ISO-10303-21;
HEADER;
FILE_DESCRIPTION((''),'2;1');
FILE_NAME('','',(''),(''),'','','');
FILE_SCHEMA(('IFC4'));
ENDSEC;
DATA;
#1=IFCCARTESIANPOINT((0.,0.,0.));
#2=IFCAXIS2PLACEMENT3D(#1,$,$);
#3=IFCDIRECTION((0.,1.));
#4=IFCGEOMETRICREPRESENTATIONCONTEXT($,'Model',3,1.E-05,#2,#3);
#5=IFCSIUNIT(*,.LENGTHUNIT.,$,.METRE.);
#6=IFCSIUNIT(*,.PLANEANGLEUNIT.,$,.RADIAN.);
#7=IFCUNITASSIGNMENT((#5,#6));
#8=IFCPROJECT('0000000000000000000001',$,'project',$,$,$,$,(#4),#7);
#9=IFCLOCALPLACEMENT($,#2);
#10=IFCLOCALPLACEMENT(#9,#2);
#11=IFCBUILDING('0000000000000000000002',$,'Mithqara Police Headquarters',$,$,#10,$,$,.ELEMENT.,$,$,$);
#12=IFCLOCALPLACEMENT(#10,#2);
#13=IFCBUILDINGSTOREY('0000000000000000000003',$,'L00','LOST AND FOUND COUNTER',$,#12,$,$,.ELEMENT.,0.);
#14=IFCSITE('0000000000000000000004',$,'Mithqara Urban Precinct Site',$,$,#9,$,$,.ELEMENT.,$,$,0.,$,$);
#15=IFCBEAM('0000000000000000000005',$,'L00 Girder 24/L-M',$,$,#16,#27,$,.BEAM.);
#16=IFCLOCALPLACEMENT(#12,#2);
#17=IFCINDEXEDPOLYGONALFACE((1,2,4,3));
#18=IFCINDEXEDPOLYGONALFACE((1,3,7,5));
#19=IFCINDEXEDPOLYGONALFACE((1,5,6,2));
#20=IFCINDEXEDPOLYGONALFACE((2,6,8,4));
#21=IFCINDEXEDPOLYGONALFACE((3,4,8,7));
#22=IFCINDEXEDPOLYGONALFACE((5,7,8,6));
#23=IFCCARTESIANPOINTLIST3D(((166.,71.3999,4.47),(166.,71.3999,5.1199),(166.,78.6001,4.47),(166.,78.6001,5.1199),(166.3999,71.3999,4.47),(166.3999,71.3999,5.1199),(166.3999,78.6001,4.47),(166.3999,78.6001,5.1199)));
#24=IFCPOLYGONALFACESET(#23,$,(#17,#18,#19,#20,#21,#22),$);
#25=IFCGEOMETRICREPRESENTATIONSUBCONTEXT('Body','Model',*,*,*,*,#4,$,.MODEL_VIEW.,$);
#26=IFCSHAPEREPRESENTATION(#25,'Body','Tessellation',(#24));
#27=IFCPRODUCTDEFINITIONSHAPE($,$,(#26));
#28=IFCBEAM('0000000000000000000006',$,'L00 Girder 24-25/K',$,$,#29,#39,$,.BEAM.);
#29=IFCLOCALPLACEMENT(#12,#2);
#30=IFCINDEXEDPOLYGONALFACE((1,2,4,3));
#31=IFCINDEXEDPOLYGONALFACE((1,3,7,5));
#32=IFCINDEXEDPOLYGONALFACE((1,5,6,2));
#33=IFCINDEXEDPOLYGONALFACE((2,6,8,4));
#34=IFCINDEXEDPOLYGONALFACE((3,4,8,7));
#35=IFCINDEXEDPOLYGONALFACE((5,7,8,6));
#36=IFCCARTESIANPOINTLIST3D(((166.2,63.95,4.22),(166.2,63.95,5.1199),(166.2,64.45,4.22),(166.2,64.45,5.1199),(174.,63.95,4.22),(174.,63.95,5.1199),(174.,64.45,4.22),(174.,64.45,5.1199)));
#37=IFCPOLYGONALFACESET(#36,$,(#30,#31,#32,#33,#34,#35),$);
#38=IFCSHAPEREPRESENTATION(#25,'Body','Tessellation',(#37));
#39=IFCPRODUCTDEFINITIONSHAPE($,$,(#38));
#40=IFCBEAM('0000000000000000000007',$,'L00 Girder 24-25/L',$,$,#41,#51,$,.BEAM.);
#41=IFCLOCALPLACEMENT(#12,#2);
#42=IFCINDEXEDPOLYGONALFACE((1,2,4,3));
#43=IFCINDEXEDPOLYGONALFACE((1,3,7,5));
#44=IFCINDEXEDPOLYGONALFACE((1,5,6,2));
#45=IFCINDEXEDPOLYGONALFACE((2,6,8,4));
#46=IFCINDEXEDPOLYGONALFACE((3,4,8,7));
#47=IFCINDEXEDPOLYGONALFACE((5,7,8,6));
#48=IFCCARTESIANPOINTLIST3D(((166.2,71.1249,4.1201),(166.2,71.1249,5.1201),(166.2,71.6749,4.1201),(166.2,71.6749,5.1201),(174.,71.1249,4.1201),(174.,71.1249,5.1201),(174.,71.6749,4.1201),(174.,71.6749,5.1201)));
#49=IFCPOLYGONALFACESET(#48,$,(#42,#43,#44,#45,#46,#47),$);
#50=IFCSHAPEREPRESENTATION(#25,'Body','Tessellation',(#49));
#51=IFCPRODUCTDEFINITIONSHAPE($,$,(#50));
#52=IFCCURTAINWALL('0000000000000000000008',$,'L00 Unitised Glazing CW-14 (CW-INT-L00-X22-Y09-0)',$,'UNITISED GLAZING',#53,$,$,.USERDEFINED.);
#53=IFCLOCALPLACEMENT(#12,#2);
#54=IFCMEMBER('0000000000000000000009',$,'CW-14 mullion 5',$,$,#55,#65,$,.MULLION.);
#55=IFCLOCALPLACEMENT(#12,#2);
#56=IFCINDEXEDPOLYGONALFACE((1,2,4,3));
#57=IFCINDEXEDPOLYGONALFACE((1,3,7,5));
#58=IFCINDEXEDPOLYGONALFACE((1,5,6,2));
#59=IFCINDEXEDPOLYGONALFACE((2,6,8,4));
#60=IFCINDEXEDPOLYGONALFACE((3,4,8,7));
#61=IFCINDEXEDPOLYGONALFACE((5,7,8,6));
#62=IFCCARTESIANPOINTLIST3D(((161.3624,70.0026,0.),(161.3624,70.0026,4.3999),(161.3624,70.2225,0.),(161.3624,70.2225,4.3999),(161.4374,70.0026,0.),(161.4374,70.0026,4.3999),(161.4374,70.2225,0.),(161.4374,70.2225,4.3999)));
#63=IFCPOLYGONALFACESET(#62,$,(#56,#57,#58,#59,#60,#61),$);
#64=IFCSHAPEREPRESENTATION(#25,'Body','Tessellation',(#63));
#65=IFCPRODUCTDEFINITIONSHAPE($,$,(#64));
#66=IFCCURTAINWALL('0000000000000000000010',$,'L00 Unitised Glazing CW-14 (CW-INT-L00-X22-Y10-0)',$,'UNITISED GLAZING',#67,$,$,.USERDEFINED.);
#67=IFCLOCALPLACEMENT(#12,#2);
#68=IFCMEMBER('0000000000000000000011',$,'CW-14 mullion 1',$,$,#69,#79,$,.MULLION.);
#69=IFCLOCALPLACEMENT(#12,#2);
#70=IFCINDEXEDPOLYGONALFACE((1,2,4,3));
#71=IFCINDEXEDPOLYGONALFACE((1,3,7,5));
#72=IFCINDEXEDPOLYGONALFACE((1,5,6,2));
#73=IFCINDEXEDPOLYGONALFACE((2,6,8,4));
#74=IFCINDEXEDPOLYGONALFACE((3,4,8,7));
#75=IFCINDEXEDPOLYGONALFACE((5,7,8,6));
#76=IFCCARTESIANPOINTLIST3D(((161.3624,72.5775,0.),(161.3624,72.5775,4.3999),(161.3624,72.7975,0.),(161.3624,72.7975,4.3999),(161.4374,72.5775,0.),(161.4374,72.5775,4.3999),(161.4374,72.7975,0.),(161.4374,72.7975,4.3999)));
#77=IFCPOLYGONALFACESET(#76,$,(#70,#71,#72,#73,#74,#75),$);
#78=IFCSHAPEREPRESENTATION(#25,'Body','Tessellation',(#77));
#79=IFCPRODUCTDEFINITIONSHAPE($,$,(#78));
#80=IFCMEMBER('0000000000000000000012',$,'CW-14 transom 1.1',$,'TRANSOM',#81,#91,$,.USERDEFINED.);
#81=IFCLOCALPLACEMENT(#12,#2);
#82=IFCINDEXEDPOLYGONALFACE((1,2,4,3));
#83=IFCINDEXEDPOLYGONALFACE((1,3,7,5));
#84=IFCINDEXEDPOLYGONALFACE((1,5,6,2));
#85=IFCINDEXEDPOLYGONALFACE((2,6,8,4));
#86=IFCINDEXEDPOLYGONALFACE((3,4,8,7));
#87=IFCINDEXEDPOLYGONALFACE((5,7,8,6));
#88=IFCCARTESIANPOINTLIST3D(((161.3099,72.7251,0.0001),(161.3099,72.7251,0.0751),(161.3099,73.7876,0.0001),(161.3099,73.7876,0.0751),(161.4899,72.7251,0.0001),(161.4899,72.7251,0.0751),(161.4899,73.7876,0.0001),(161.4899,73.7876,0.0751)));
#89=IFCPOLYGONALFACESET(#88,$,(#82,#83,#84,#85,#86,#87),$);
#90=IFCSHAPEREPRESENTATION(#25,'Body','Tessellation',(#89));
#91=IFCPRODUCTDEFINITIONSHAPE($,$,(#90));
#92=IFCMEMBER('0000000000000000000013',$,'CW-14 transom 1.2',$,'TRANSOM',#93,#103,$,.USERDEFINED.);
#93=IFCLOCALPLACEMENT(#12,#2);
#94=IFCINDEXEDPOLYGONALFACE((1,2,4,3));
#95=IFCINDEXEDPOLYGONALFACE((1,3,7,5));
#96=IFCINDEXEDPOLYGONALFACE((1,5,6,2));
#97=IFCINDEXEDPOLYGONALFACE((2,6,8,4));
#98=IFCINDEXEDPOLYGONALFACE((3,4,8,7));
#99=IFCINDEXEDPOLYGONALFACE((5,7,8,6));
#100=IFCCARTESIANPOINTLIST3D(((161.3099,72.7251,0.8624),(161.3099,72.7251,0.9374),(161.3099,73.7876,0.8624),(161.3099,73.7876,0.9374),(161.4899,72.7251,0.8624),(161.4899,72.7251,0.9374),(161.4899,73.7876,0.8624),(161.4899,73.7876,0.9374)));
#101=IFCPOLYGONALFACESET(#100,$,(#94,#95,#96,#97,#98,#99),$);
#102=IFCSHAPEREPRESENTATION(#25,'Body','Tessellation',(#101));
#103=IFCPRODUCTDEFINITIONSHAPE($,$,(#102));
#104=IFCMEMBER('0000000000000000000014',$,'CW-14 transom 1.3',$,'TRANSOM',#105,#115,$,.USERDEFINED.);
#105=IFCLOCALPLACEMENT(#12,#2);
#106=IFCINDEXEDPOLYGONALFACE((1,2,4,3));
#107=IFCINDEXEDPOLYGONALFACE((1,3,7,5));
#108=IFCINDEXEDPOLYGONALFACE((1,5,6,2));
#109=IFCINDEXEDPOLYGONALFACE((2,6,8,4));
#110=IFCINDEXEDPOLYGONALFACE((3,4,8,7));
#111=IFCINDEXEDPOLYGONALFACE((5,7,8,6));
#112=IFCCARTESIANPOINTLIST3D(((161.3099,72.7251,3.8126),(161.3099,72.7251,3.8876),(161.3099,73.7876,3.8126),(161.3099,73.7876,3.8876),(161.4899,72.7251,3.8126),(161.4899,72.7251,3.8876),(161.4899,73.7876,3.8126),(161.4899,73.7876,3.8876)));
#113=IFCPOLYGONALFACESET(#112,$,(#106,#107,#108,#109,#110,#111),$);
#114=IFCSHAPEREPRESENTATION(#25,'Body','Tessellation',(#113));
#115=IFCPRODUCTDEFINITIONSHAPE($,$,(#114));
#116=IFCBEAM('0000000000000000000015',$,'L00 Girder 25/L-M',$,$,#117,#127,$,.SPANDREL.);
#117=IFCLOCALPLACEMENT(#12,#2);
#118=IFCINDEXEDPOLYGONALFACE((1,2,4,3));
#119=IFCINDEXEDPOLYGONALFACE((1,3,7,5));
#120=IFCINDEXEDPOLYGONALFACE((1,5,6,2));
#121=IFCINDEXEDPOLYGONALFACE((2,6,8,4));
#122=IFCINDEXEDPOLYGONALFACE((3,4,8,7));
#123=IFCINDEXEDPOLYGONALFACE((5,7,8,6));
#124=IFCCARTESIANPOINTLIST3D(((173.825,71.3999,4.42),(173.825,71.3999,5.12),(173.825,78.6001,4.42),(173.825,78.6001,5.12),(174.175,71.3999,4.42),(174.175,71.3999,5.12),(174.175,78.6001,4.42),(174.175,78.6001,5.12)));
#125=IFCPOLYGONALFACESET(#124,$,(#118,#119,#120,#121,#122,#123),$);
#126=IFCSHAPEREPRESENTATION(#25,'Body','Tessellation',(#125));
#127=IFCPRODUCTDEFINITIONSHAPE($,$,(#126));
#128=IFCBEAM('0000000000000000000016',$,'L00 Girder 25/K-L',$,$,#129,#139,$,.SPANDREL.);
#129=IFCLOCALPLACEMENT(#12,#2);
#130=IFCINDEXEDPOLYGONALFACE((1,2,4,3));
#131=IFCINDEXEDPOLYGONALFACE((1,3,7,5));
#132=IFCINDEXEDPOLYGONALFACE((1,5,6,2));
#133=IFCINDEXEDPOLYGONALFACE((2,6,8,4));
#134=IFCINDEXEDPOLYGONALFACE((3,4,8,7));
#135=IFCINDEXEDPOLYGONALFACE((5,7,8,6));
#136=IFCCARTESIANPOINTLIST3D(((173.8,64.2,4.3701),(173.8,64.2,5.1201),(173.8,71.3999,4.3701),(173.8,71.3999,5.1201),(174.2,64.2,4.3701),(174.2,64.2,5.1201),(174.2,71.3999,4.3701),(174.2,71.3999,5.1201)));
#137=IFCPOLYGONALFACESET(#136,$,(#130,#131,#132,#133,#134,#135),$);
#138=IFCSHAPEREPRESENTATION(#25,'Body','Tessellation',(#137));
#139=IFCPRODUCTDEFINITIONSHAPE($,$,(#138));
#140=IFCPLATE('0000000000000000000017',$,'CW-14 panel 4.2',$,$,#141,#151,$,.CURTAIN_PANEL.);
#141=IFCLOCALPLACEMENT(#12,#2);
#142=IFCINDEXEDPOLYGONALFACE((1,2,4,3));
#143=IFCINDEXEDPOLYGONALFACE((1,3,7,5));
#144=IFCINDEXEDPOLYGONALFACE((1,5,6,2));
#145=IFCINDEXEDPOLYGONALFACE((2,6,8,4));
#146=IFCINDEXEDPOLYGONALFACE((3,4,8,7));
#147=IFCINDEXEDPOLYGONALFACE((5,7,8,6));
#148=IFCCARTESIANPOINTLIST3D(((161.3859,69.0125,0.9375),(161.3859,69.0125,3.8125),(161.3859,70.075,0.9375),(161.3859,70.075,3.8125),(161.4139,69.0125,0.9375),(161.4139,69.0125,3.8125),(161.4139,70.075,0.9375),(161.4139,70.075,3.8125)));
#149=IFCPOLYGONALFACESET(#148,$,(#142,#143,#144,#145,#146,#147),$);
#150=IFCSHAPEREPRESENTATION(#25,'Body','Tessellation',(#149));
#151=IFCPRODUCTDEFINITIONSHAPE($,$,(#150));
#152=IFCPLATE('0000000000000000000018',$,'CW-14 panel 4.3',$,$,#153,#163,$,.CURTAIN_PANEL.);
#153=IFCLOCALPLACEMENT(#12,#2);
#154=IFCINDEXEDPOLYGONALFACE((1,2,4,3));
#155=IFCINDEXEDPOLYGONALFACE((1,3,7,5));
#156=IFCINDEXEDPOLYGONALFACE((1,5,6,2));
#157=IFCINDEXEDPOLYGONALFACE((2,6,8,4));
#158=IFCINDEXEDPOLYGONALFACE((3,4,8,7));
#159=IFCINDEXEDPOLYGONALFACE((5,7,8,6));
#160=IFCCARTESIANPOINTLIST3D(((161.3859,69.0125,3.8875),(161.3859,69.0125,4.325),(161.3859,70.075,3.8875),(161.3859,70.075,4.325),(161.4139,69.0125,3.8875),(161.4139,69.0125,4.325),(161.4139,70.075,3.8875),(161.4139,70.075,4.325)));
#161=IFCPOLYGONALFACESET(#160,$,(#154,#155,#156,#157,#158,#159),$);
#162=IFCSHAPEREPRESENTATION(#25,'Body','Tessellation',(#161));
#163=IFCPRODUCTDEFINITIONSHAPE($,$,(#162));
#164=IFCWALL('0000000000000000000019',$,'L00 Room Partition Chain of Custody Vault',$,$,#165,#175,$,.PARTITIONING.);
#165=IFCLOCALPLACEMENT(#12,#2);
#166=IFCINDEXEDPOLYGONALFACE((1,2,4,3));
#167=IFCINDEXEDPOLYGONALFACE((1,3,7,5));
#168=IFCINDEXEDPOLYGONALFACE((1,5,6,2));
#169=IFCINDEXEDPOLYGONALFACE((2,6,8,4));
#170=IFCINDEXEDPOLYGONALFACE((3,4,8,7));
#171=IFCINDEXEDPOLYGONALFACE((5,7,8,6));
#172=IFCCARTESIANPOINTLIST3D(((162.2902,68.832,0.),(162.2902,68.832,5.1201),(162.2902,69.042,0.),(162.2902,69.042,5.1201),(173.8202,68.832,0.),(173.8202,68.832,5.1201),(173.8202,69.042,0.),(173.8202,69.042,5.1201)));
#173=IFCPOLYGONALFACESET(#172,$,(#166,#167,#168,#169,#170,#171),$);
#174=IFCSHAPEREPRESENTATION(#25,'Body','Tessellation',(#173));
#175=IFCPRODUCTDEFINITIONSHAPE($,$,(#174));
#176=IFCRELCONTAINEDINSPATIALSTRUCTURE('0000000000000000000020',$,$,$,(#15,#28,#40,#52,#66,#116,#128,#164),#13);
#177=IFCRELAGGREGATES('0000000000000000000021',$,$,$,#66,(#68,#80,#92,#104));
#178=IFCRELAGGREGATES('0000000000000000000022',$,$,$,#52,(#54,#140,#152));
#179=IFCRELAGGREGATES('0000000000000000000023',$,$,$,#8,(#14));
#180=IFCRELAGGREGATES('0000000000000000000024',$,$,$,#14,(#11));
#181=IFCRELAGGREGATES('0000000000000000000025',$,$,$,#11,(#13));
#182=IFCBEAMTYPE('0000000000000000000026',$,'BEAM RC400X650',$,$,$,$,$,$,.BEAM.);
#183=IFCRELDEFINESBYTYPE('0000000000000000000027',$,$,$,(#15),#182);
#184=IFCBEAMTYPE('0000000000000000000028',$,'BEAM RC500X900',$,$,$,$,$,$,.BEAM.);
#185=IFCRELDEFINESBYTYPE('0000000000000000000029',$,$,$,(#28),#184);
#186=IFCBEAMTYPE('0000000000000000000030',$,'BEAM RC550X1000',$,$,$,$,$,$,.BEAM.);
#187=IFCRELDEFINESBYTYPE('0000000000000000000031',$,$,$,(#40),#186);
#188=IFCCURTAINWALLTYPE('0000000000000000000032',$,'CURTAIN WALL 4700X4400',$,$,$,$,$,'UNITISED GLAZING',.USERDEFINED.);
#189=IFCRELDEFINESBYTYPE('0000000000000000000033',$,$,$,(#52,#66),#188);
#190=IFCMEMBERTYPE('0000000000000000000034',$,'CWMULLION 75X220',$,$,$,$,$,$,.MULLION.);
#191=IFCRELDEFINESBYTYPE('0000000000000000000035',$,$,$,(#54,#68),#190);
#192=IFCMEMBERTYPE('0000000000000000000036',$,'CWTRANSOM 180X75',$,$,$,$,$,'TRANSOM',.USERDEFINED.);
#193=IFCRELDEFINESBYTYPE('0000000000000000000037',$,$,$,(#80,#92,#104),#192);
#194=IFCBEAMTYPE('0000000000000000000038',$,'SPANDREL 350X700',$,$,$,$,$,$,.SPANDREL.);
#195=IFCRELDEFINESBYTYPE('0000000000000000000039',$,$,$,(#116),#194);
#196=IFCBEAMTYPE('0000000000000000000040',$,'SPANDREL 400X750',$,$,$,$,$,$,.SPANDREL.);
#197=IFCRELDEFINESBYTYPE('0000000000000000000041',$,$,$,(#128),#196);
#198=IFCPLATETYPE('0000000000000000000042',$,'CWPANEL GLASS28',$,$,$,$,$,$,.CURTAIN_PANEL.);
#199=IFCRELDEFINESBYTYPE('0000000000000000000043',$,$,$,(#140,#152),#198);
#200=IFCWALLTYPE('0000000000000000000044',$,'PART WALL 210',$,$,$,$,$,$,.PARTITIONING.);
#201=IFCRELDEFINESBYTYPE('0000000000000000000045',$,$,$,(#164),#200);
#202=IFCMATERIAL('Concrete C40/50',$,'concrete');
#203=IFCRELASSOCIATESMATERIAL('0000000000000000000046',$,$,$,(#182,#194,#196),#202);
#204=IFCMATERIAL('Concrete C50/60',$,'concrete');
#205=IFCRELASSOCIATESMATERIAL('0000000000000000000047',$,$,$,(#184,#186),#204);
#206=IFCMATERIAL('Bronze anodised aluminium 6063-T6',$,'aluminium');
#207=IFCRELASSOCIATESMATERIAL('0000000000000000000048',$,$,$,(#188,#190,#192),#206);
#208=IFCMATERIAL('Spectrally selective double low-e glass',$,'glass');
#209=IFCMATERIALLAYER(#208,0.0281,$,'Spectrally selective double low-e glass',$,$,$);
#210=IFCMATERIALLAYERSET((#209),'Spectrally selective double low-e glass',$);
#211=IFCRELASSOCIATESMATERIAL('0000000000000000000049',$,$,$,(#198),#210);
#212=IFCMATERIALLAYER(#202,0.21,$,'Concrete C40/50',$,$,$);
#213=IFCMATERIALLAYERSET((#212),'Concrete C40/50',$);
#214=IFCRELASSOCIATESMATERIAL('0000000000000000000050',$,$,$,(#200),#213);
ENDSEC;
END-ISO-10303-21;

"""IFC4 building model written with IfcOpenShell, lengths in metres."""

from ifc_helpers import new_model, si_unit, direction, frame, frame_2d, origin, origin_2d, place, context, subcontext, project, spatial, rectangle, extrude, material, layer, layer_set, material_profile, profile_set, type_object, element, aggregate, save


model = new_model("IFC4")

# Units and contexts
model_context = context("Model", 3, precision=1e-05, world=origin(), true_north=direction((0.0, 1.0)))
body_context = subcontext(model_context, "Body", "Model", "MODEL_VIEW")
ifc_project = project(units=[si_unit("LENGTHUNIT", "METRE"), si_unit("PLANEANGLEUNIT", "RADIAN")], contexts=[model_context])

# Site, building, storey
site_placement = place(None, origin())
site = spatial("IfcSite", under=ifc_project, at=site_placement, Name="Mithqara Urban Precinct Site", CompositionType="ELEMENT", RefElevation=0.0)
building_placement = place(site_placement, origin())
building = spatial("IfcBuilding", under=site, at=building_placement, Name="Mithqara Police Headquarters", CompositionType="ELEMENT")
storey_placement = place(building_placement, origin())
storey = spatial("IfcBuildingStorey", under=building, at=storey_placement, Name="L00", Description="LOST AND FOUND COUNTER", CompositionType="ELEMENT", Elevation=0.0)

# Shared definitions
ifc_material_1 = material(Name="Concrete C40/50", Category="concrete")

# Shared definitions
ifc_material_2 = material(Name="Concrete C50/60", Category="concrete")

# Beams
ifc_material_profile_1 = material_profile(ifc_material_1, rectangle(XDim=0.3999, YDim=0.6499, at=origin_2d()), Name="RC 400x650")
ifc_profile_set_1 = profile_set([ifc_material_profile_1], Name="Concrete C40/50")
beam_type_1 = type_object("IfcBeamType", Name="BEAM RC400X650", PredefinedType="BEAM", material=ifc_profile_set_1)
beam_1_placement = place(storey_placement, frame((166.2, 71.3999, 4.7949), z_axis=(0.0, 1.0, 0.0), x_axis=(-1.0, 0.0, 0.0)))
element("IfcBeam", 1, at=beam_1_placement, inside=storey, type_object=beam_type_1, Name="L00 Girder 24/L-M", PredefinedType="BEAM", context=body_context, shape_type="SweptSolid", body=[
    extrude(rectangle(XDim=0.3999, YDim=0.6499, at=origin_2d()), origin(), (0.0, 0.0, 1.0), 7.2002),
])
ifc_material_profile_2 = material_profile(ifc_material_2, rectangle(XDim=0.5, YDim=0.8999, at=origin_2d()), Name="RC 500x900")
ifc_profile_set_2 = profile_set([ifc_material_profile_2], Name="Concrete C50/60")
beam_type_2 = type_object("IfcBeamType", Name="BEAM RC500X900", PredefinedType="BEAM", material=ifc_profile_set_2)
beam_2_placement = place(storey_placement, frame((166.2, 64.2, 4.6699), z_axis=(1.0, 0.0, 0.0), x_axis=(0.0, 1.0, 0.0)))
element("IfcBeam", 2, at=beam_2_placement, inside=storey, type_object=beam_type_2, Name="L00 Girder 24-25/K", PredefinedType="BEAM", context=body_context, shape_type="SweptSolid", body=[
    extrude(rectangle(XDim=0.5, YDim=0.8999, at=origin_2d()), origin(), (0.0, 0.0, 1.0), 7.8),
])
ifc_material_profile_3 = material_profile(ifc_material_2, rectangle(XDim=0.55, YDim=1.0, at=origin_2d()), Name="RC 550x1000")
ifc_profile_set_3 = profile_set([ifc_material_profile_3], Name="Concrete C50/60")
beam_type_3 = type_object("IfcBeamType", Name="BEAM RC550X1000", PredefinedType="BEAM", material=ifc_profile_set_3)
beam_3_placement = place(storey_placement, frame((166.2, 71.3999, 4.6201), z_axis=(1.0, 0.0, 0.0), x_axis=(0.0, 1.0, 0.0)))
element("IfcBeam", 3, at=beam_3_placement, inside=storey, type_object=beam_type_3, Name="L00 Girder 24-25/L", PredefinedType="BEAM", context=body_context, shape_type="SweptSolid", body=[
    extrude(rectangle(XDim=0.55, YDim=1.0, at=origin_2d()), origin(), (0.0, 0.0, 1.0), 7.8),
])

# Curtain wall, member
ifc_material_3 = material(Name="Bronze anodised aluminium 6063-T6", Category="aluminium")
curtain_wall_type = type_object("IfcCurtainWallType", Name="CURTAIN WALL 4700X4400", ElementType="UNITISED GLAZING", PredefinedType="USERDEFINED", material=ifc_material_3)
curtain_wall_1_placement = place(storey_placement, origin())
curtain_wall_1 = element("IfcCurtainWall", 4, at=curtain_wall_1_placement, inside=storey, type_object=curtain_wall_type, Name="L00 Unitised Glazing CW-14 (CW-INT-L00-X22-Y09-0)", ObjectType="UNITISED GLAZING", PredefinedType="USERDEFINED")
ifc_material_profile_4 = material_profile(ifc_material_3, rectangle(XDim=0.075, YDim=0.22, at=origin_2d()), Name="CWM 75x220")
ifc_profile_set_4 = profile_set([ifc_material_profile_4], Name="Bronze anodised aluminium 6063-T6")
member_type_1 = type_object("IfcMemberType", Name="CWMULLION 75X220", PredefinedType="MULLION", material=ifc_profile_set_4)
member_1_placement = place(storey_placement, frame((161.3999, 70.1125, 0.0), z_axis=(0.0, 0.0, 1.0), x_axis=(-1.0, 0.0, 0.0)))
member_1 = element("IfcMember", 5, at=member_1_placement, type_object=member_type_1, Name="CW-14 mullion 5", PredefinedType="MULLION", context=body_context, shape_type="SweptSolid", body=[
    extrude(rectangle(XDim=0.075, YDim=0.22, at=origin_2d()), origin(), (0.0, 0.0, 1.0), 4.3999),
])

# Curtain wall, members
curtain_wall_2_placement = place(storey_placement, origin())
curtain_wall_2 = element("IfcCurtainWall", 6, at=curtain_wall_2_placement, inside=storey, type_object=curtain_wall_type, Name="L00 Unitised Glazing CW-14 (CW-INT-L00-X22-Y10-0)", ObjectType="UNITISED GLAZING", PredefinedType="USERDEFINED")
member_2_placement = place(storey_placement, frame((161.3999, 72.6875, 0.0), z_axis=(0.0, 0.0, 1.0), x_axis=(-1.0, 0.0, 0.0)))
member_2 = element("IfcMember", 7, at=member_2_placement, type_object=member_type_1, Name="CW-14 mullion 1", PredefinedType="MULLION", context=body_context, shape_type="SweptSolid", body=[
    extrude(rectangle(XDim=0.075, YDim=0.22, at=origin_2d()), origin(), (0.0, 0.0, 1.0), 4.3999),
])
ifc_material_profile_5 = material_profile(ifc_material_3, rectangle(XDim=0.1799, YDim=0.075, at=origin_2d()), Name="CWT 180x75")
ifc_profile_set_5 = profile_set([ifc_material_profile_5], Name="Bronze anodised aluminium 6063-T6")
member_type_2 = type_object("IfcMemberType", Name="CWTRANSOM 180X75", ElementType="TRANSOM", PredefinedType="USERDEFINED", material=ifc_profile_set_5)
member_3_placement = place(storey_placement, frame((161.3999, 72.7251, 0.0376), z_axis=(0.0, 1.0, 0.0), x_axis=(-1.0, 0.0, 0.0)))
member_3 = element("IfcMember", 8, at=member_3_placement, type_object=member_type_2, Name="CW-14 transom 1.1", ObjectType="TRANSOM", PredefinedType="USERDEFINED", context=body_context, shape_type="SweptSolid", body=[
    extrude(rectangle(XDim=0.1799, YDim=0.075, at=origin_2d()), origin(), (0.0, 0.0, 1.0), 1.0625),
])
member_4_placement = place(storey_placement, frame((161.3999, 72.7251, 0.8999), z_axis=(0.0, 1.0, 0.0), x_axis=(-1.0, 0.0, 0.0)))
member_4 = element("IfcMember", 9, at=member_4_placement, type_object=member_type_2, Name="CW-14 transom 1.2", ObjectType="TRANSOM", PredefinedType="USERDEFINED", context=body_context, shape_type="SweptSolid", body=[
    extrude(rectangle(XDim=0.1799, YDim=0.075, at=origin_2d()), origin(), (0.0, 0.0, 1.0), 1.0625),
])
member_5_placement = place(storey_placement, frame((161.3999, 72.7251, 3.8501), z_axis=(0.0, 1.0, 0.0), x_axis=(-1.0, 0.0, 0.0)))
member_5 = element("IfcMember", 10, at=member_5_placement, type_object=member_type_2, Name="CW-14 transom 1.3", ObjectType="TRANSOM", PredefinedType="USERDEFINED", context=body_context, shape_type="SweptSolid", body=[
    extrude(rectangle(XDim=0.1799, YDim=0.075, at=origin_2d()), origin(), (0.0, 0.0, 1.0), 1.0625),
])
aggregate(curtain_wall_2, [member_2, member_3, member_4, member_5])

# Beams
ifc_material_profile_6 = material_profile(ifc_material_1, rectangle(XDim=0.3501, YDim=0.7, at=origin_2d()), Name="SPB 350x700")
ifc_profile_set_6 = profile_set([ifc_material_profile_6], Name="Concrete C40/50")
beam_type_4 = type_object("IfcBeamType", Name="SPANDREL 350X700", PredefinedType="SPANDREL", material=ifc_profile_set_6)
beam_4_placement = place(storey_placement, frame((174.0, 71.3999, 4.77), z_axis=(0.0, 1.0, 0.0), x_axis=(-1.0, 0.0, 0.0)))
element("IfcBeam", 11, at=beam_4_placement, inside=storey, type_object=beam_type_4, Name="L00 Girder 25/L-M", PredefinedType="SPANDREL", context=body_context, shape_type="SweptSolid", body=[
    extrude(rectangle(XDim=0.3501, YDim=0.7, at=origin_2d()), origin(), (0.0, 0.0, 1.0), 7.2002),
])
ifc_material_profile_7 = material_profile(ifc_material_1, rectangle(XDim=0.3999, YDim=0.75, at=origin_2d()), Name="SPB 400x750")
ifc_profile_set_7 = profile_set([ifc_material_profile_7], Name="Concrete C40/50")
beam_type_5 = type_object("IfcBeamType", Name="SPANDREL 400X750", PredefinedType="SPANDREL", material=ifc_profile_set_7)
beam_5_placement = place(storey_placement, frame((174.0, 64.2, 4.7451), z_axis=(0.0, 1.0, 0.0), x_axis=(-1.0, 0.0, 0.0)))
element("IfcBeam", 12, at=beam_5_placement, inside=storey, type_object=beam_type_5, Name="L00 Girder 25/K-L", PredefinedType="SPANDREL", context=body_context, shape_type="SweptSolid", body=[
    extrude(rectangle(XDim=0.3999, YDim=0.75, at=origin_2d()), origin(), (0.0, 0.0, 1.0), 7.2),
])

# Plates
ifc_material_4 = material(Name="Spectrally selective double low-e glass", Category="glass")
ifc_layer_1 = layer(ifc_material_4, 0.0281, Name="Spectrally selective double low-e glass")
ifc_layer_set_1 = layer_set([ifc_layer_1], Name="Spectrally selective double low-e glass")
plate_type = type_object("IfcPlateType", Name="CWPANEL GLASS28", PredefinedType="CURTAIN_PANEL", material=ifc_layer_set_1)
plate_1_placement = place(storey_placement, frame((161.3999, 69.5437, 0.9375), z_axis=(0.0, 0.0, 1.0), x_axis=(0.0, 1.0, 0.0)))
plate_1 = element("IfcPlate", 13, at=plate_1_placement, type_object=plate_type, Name="CW-14 panel 4.2", PredefinedType="CURTAIN_PANEL", context=body_context, shape_type="SweptSolid", body=[
    extrude(rectangle(XDim=1.0625, YDim=0.0281, at=origin_2d()), origin(), (0.0, 0.0, 1.0), 2.875),
])
plate_2_placement = place(storey_placement, frame((161.3999, 69.5437, 3.8875), z_axis=(0.0, 0.0, 1.0), x_axis=(0.0, 1.0, 0.0)))
plate_2 = element("IfcPlate", 14, at=plate_2_placement, type_object=plate_type, Name="CW-14 panel 4.3", PredefinedType="CURTAIN_PANEL", context=body_context, shape_type="SweptSolid", body=[
    extrude(rectangle(XDim=1.0625, YDim=0.0281, at=origin_2d()), origin(), (0.0, 0.0, 1.0), 0.4375),
])
aggregate(curtain_wall_1, [member_1, plate_1, plate_2])

# Wall
ifc_layer_2 = layer(ifc_material_1, 0.21, Name="Concrete C40/50")
ifc_layer_set_2 = layer_set([ifc_layer_2], Name="Concrete C40/50")
wall_type = type_object("IfcWallType", Name="PART WALL 210", PredefinedType="PARTITIONING", material=ifc_layer_set_2)
wall_1_placement = place(storey_placement, frame((162.29, 68.937, 0.0), z_axis=(0.0, 0.0, 1.0), x_axis=(1.0, 0.0, 0.0)))
element("IfcWall", 15, at=wall_1_placement, inside=storey, type_object=wall_type, Name="L00 Room Partition Chain of Custody Vault", PredefinedType="PARTITIONING", context=body_context, shape_type="SweptSolid", body=[
    extrude(rectangle(XDim=11.53, YDim=0.21, at=frame_2d((5.7651, 0.0))), origin(), (0.0, 0.0, 1.0), 5.1201),
])

save(model, "model.ifc")
